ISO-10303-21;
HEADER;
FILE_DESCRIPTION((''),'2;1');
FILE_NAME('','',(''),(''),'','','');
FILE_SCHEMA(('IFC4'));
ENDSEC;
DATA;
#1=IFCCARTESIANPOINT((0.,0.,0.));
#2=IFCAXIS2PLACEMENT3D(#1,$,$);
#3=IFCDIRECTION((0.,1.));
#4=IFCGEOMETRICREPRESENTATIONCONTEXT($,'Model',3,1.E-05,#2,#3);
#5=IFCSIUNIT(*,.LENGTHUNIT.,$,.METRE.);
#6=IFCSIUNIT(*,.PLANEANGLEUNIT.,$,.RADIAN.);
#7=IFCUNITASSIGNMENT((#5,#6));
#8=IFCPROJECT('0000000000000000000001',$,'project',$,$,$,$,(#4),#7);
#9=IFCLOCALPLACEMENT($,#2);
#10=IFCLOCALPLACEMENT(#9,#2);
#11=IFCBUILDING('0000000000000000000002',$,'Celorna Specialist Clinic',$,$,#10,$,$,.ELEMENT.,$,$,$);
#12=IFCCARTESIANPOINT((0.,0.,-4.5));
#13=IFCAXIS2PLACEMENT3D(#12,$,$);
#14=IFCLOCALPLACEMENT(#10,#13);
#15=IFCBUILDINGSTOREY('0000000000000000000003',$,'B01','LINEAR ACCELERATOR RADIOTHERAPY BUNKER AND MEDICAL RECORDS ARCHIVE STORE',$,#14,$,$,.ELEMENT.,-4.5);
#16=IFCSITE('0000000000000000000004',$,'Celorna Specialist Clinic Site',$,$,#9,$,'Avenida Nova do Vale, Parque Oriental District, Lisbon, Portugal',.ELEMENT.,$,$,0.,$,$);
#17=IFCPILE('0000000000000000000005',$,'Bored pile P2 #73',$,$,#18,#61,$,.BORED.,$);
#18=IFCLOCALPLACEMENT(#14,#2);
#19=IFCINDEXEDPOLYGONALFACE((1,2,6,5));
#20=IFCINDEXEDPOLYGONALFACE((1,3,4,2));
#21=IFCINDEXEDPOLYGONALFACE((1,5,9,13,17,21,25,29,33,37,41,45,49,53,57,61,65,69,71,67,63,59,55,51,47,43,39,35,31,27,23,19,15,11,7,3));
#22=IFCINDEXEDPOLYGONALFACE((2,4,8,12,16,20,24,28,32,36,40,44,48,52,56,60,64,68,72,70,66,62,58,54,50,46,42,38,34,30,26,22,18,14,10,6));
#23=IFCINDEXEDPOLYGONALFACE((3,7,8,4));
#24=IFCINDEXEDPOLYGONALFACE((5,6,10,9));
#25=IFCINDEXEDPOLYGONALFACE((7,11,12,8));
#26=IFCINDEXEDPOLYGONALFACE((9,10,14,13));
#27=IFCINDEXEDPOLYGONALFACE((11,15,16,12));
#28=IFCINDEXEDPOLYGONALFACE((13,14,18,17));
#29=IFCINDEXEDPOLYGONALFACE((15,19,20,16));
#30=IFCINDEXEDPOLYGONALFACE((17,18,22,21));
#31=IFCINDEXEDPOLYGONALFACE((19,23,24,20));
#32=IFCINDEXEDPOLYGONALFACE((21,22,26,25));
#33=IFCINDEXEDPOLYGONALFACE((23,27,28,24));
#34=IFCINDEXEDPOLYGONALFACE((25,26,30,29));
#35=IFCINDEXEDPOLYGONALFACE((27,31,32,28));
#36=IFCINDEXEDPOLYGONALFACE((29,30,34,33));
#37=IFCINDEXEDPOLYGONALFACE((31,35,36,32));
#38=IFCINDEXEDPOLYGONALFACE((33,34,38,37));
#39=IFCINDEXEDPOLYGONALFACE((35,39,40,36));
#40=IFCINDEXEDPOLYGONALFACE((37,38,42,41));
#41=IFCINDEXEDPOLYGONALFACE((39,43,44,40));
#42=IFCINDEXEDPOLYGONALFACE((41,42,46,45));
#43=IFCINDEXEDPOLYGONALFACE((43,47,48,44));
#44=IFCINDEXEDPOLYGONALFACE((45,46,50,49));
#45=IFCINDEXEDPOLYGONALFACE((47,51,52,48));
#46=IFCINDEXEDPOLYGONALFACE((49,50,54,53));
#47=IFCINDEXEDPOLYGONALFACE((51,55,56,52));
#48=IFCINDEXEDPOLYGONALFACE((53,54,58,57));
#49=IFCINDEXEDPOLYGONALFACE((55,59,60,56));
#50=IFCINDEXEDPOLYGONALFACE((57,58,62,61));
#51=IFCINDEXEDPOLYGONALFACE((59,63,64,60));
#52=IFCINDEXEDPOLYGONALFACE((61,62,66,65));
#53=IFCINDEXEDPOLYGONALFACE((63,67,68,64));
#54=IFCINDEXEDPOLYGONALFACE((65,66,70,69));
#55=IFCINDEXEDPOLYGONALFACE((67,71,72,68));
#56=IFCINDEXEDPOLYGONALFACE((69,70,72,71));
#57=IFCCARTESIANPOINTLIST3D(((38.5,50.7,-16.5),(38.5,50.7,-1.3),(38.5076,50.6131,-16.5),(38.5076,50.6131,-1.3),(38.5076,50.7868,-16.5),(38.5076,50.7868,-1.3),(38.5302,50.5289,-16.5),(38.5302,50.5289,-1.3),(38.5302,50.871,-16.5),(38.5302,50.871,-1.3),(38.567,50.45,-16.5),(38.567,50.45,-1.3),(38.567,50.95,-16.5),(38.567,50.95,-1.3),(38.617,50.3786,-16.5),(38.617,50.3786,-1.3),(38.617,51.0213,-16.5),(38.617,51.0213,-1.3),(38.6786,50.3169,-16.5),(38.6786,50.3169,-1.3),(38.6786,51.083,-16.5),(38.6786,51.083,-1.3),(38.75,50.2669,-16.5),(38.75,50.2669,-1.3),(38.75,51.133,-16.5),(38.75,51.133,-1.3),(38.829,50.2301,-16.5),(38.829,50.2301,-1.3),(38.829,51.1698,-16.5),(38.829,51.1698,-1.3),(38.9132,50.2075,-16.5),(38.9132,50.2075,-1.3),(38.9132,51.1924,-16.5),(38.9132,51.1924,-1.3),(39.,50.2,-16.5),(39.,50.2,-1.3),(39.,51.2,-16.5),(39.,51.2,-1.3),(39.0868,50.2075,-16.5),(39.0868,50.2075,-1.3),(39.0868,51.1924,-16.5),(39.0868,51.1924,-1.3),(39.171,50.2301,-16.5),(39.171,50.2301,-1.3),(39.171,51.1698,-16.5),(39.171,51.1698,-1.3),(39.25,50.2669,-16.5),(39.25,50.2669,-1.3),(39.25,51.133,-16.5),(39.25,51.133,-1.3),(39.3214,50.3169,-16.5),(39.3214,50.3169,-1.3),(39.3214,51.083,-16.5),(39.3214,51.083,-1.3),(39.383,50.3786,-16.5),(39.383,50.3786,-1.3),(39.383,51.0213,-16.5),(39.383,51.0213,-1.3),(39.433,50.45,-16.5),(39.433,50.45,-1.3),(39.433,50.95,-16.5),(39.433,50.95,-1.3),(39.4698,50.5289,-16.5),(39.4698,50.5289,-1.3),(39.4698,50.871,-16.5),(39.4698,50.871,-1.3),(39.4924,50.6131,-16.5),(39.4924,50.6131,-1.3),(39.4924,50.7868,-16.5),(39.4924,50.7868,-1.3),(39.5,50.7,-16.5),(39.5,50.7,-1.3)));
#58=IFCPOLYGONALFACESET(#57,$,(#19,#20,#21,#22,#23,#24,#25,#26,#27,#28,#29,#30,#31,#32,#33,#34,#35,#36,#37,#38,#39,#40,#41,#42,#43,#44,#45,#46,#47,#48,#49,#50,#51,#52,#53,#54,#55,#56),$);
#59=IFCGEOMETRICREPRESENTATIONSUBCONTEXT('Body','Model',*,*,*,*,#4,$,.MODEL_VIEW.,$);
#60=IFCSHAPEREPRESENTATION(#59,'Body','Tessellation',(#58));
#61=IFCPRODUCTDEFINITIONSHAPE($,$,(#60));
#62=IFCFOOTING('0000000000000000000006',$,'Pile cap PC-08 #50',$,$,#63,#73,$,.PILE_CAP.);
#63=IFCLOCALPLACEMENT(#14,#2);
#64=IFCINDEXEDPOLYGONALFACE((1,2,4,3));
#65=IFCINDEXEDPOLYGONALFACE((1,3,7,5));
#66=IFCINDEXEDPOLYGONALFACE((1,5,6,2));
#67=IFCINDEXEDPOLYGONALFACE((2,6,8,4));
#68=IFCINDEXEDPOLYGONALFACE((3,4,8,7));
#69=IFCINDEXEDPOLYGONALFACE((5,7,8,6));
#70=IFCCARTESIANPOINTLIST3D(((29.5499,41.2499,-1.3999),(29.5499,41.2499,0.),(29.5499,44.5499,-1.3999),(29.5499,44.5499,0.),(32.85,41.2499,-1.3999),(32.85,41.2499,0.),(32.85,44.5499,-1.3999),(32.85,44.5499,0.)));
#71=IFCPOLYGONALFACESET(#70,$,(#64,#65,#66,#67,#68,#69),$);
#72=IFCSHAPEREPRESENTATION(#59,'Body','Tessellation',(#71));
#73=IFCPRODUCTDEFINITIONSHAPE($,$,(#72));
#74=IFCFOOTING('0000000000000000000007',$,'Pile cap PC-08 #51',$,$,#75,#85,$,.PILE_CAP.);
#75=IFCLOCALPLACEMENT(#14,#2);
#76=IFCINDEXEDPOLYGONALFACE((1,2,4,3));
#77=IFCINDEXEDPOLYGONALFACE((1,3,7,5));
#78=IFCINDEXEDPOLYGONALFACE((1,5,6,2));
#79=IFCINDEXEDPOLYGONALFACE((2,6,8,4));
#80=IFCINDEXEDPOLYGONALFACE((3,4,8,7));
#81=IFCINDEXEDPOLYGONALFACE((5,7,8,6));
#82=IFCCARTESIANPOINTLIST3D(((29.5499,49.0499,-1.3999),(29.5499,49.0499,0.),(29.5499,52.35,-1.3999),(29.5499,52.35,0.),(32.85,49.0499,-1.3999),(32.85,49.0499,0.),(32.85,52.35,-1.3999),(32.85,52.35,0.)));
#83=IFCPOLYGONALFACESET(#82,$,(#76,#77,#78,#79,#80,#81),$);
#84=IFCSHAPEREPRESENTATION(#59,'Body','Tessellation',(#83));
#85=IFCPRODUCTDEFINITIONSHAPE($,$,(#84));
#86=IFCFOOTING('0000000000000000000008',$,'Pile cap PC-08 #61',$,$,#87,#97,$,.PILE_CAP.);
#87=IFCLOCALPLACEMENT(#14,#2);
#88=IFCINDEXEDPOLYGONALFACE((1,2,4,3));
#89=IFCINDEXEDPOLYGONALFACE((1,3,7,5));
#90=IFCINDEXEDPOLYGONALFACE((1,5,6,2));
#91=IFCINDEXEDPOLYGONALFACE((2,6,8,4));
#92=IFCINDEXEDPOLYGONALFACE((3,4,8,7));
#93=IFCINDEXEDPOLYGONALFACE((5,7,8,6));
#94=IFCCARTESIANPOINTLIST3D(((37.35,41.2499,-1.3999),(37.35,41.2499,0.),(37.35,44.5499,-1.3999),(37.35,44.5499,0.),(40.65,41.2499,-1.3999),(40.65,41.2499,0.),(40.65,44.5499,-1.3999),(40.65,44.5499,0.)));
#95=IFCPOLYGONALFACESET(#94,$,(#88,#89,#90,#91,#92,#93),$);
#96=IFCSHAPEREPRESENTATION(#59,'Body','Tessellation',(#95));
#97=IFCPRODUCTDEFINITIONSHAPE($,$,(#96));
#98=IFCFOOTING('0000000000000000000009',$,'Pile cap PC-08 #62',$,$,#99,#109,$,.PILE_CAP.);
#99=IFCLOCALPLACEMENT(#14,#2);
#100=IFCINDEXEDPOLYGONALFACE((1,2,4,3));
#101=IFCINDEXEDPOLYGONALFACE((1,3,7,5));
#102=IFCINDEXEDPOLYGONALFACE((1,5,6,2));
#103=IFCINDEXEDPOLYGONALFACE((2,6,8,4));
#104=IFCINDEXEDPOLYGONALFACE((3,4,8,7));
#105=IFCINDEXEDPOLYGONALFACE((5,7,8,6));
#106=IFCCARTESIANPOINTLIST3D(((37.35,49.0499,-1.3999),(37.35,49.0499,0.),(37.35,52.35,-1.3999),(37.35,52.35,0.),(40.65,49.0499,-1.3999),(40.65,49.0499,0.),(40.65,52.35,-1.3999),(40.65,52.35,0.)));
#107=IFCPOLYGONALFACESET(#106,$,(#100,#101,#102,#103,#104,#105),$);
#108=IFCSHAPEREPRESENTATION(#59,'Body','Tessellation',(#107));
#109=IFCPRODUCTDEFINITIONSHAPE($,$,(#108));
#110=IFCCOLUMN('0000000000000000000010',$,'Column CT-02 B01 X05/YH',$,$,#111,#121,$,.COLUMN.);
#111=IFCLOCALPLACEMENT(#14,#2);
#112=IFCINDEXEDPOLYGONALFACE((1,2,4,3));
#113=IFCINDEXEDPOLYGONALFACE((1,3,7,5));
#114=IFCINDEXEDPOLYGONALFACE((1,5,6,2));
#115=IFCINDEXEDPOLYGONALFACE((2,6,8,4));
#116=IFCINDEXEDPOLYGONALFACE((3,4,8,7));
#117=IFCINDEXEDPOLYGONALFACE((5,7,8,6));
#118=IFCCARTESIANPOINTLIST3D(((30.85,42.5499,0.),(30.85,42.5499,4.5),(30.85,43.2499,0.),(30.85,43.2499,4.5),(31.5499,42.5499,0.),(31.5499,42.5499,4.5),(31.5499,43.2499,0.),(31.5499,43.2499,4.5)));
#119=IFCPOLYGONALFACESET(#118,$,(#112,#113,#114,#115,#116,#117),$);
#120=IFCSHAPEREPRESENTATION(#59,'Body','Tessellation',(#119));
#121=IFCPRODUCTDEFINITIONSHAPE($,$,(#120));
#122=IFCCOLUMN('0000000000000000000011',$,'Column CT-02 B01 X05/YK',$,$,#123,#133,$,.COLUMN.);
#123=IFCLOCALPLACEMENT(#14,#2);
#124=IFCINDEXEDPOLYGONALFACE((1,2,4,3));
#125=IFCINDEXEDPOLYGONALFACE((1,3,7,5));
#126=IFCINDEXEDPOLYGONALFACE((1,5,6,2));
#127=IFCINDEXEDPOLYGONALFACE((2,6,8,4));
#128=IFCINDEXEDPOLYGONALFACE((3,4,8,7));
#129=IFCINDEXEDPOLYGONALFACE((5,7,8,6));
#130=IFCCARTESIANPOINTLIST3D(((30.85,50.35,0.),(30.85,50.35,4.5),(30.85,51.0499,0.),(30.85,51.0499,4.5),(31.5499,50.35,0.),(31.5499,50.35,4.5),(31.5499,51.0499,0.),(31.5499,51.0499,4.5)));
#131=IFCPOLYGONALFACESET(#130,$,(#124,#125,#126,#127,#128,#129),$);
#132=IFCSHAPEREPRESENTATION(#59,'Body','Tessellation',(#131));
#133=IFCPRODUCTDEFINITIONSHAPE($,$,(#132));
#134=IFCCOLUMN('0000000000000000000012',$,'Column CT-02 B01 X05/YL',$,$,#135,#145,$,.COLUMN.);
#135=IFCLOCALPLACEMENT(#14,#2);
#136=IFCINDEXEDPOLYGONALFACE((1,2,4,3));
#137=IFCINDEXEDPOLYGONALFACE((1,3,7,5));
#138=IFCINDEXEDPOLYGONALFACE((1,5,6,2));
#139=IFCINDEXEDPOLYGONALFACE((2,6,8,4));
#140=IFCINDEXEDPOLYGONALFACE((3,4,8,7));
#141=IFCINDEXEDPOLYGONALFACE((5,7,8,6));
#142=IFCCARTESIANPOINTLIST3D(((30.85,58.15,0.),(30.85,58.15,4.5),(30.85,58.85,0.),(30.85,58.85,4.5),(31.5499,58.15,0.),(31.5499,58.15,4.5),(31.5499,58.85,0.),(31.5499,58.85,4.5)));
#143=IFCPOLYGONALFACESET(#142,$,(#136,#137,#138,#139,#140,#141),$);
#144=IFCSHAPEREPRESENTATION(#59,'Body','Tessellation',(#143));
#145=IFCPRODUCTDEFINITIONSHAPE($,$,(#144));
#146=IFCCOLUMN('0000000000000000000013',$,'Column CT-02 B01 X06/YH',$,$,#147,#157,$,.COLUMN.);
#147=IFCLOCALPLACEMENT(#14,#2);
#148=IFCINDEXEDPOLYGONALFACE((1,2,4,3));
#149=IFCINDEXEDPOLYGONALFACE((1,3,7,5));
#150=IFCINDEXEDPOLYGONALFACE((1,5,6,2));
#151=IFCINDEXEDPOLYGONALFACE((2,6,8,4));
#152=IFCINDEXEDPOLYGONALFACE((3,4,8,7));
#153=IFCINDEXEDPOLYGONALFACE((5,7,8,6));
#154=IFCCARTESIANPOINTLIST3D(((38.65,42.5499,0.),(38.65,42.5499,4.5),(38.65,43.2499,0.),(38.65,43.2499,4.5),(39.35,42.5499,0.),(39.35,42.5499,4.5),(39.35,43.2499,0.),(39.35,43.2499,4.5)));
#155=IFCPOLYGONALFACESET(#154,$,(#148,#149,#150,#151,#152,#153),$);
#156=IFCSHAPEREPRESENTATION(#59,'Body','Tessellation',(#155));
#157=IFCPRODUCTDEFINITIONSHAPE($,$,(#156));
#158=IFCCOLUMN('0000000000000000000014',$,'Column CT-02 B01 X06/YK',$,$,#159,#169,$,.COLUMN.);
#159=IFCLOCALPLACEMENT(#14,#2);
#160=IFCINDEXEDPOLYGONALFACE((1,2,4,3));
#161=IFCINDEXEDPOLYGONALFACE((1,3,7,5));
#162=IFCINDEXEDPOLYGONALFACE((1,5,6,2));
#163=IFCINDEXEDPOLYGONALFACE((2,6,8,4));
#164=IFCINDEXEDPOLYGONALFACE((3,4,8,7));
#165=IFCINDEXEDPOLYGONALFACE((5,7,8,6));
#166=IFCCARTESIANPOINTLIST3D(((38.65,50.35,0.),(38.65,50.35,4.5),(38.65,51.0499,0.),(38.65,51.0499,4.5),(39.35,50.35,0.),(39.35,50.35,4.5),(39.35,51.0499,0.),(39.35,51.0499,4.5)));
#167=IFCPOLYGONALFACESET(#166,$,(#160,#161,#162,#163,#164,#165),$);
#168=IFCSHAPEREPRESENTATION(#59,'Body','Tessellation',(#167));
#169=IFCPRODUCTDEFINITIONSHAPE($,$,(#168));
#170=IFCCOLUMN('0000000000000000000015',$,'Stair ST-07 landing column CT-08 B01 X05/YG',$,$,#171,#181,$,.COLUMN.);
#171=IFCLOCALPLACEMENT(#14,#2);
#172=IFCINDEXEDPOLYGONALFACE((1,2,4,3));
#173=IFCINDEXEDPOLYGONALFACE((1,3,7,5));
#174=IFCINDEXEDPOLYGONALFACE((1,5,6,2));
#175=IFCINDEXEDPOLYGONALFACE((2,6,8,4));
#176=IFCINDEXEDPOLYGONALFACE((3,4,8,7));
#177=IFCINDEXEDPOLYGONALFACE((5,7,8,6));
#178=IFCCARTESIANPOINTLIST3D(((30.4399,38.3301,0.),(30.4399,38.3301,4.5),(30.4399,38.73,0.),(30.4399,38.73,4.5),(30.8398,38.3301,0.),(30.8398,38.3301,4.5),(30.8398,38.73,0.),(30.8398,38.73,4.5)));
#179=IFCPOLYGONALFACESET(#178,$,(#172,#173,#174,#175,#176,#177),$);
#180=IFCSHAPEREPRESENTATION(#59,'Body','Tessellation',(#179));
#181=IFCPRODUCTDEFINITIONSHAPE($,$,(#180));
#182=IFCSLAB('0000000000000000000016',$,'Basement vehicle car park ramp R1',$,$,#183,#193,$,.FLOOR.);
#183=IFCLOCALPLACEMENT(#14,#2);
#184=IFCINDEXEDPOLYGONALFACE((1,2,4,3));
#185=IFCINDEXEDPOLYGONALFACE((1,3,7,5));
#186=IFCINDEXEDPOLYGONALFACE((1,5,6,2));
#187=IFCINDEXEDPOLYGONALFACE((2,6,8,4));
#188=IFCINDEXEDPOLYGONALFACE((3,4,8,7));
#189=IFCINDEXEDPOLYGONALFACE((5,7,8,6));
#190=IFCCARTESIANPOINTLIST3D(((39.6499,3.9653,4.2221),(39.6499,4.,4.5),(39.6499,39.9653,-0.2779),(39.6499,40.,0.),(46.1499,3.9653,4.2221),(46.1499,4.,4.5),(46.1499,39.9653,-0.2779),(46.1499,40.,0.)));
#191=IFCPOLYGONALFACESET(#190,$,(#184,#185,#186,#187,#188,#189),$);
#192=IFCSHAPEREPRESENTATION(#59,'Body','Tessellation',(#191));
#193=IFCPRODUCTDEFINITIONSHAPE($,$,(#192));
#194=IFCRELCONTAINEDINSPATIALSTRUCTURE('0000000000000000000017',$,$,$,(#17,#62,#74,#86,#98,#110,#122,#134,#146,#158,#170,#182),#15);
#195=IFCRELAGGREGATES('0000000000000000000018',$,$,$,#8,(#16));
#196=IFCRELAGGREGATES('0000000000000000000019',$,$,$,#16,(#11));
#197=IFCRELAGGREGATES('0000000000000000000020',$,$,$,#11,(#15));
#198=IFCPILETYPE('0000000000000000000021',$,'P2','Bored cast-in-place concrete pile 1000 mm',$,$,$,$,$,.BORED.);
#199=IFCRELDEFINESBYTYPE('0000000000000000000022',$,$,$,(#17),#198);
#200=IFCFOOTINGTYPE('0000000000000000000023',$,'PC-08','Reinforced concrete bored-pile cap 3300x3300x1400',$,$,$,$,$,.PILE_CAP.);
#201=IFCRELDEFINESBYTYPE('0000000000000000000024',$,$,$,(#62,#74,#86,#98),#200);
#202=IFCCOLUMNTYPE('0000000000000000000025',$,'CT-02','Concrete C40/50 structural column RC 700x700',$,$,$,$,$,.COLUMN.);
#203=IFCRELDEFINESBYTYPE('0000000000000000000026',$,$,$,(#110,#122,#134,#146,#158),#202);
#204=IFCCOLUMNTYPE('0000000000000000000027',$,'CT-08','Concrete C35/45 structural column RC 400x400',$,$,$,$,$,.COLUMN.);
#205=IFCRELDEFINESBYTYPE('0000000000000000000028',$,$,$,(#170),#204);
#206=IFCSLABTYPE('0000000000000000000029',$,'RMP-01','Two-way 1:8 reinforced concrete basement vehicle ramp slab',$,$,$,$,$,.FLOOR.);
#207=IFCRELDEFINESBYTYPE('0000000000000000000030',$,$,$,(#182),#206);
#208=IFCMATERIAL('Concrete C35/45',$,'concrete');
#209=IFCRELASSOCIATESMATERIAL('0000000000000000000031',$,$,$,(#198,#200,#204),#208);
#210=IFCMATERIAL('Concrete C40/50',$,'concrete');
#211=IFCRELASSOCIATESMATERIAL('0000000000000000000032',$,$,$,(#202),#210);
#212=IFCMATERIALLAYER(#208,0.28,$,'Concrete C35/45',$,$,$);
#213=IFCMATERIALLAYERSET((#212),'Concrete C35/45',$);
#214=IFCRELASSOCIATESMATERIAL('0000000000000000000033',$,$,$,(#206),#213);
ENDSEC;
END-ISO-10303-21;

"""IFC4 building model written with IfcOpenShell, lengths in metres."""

from ifc_helpers import new_model, si_unit, direction, frame, origin, origin_2d, place, context, subcontext, project, spatial, polyline, rectangle, circle, outline, extrude, material, layer, layer_set, material_profile, profile_set, type_object, element, save


model = new_model("IFC4")

# Units and contexts
model_context = context("Model", 3, precision=1e-05, world=origin(), true_north=direction((0.0, 1.0)))
body_context = subcontext(model_context, "Body", "Model", "MODEL_VIEW")
ifc_project = project(units=[si_unit("LENGTHUNIT", "METRE"), si_unit("PLANEANGLEUNIT", "RADIAN")], contexts=[model_context])

# Site, building, storey
site_placement = place(None, origin())
site = spatial("IfcSite", under=ifc_project, at=site_placement, Name="Celorna Specialist Clinic Site", LongName="Avenida Nova do Vale, Parque Oriental District, Lisbon, Portugal", CompositionType="ELEMENT", RefElevation=0.0)
building_placement = place(site_placement, origin())
building = spatial("IfcBuilding", under=site, at=building_placement, Name="Celorna Specialist Clinic", CompositionType="ELEMENT")
storey_placement = place(building_placement, frame((0.0, 0.0, -4.5)))
storey = spatial("IfcBuildingStorey", under=building, at=storey_placement, Name="B01", Description="LINEAR ACCELERATOR RADIOTHERAPY BUNKER AND MEDICAL RECORDS ARCHIVE STORE", CompositionType="ELEMENT", Elevation=-4.5)

# Shared definitions
ifc_material_1 = material(Name="Concrete C35/45", Category="concrete")

# Pile
ifc_material_profile_1 = material_profile(ifc_material_1, circle(Radius=0.5, at=origin_2d()), Name="BORED PILE 1000")
ifc_profile_set_1 = profile_set([ifc_material_profile_1], Name="Concrete C35/45")
pile_type = type_object("IfcPileType", Name="P2", Description="Bored cast-in-place concrete pile 1000 mm", PredefinedType="BORED", material=ifc_profile_set_1)
for number, where, z_axis, x_axis, name in (
    (1, (39.0, 50.7, -1.3), (0.0, 0.0, -1.0), (1.0, 0.0, 0.0), "Bored pile P2 #73"),
):
    element("IfcPile", number, at=place(storey_placement, frame(where, z_axis=z_axis, x_axis=x_axis)), inside=storey, type_object=pile_type, Name=name, PredefinedType="BORED", context=body_context, shape_type="SweptSolid", body=[
        extrude(circle(Radius=0.5, at=origin_2d()), origin(), (0.0, 0.0, 1.0), 15.2),
    ])

# Footings
footing_type_1 = type_object("IfcFootingType", Name="PC-08", Description="Reinforced concrete bored-pile cap 3300x3300x1400", PredefinedType="PILE_CAP", material=ifc_material_1)
for number, where, z_axis, x_axis, name in (
    (2, (31.2, 42.8999, -1.3999), (0.0, 0.0, 1.0), (1.0, 0.0, 0.0), "Pile cap PC-08 #50"),
    (3, (31.2, 50.7, -1.3999), (0.0, 0.0, 1.0), (1.0, 0.0, 0.0), "Pile cap PC-08 #51"),
    (4, (39.0, 42.8999, -1.3999), (0.0, 0.0, 1.0), (1.0, 0.0, 0.0), "Pile cap PC-08 #61"),
    (5, (39.0, 50.7, -1.3999), (0.0, 0.0, 1.0), (1.0, 0.0, 0.0), "Pile cap PC-08 #62"),
):
    element("IfcFooting", number, at=place(storey_placement, frame(where, z_axis=z_axis, x_axis=x_axis)), inside=storey, type_object=footing_type_1, Name=name, PredefinedType="PILE_CAP", context=body_context, shape_type="SweptSolid", body=[
        extrude(rectangle(XDim=3.3, YDim=3.3, at=origin_2d()), origin(), (0.0, 0.0, 1.0), 1.3999),
    ])

# Columns
ifc_material_2 = material(Name="Concrete C40/50", Category="concrete")
ifc_material_profile_2 = material_profile(ifc_material_2, rectangle(XDim=0.7, YDim=0.7, at=origin_2d()), Name="RC 700x700")
ifc_profile_set_2 = profile_set([ifc_material_profile_2], Name="Concrete C40/50")
column_type_1 = type_object("IfcColumnType", Name="CT-02", Description="Concrete C40/50 structural column RC 700x700", PredefinedType="COLUMN", material=ifc_profile_set_2)
for number, where, z_axis, x_axis, name in (
    (6, (31.2, 42.8999, 0.0), (0.0, 0.0, 1.0), (1.0, 0.0, 0.0), "Column CT-02 B01 X05/YH"),
    (7, (31.2, 50.7, 0.0), (0.0, 0.0, 1.0), (1.0, 0.0, 0.0), "Column CT-02 B01 X05/YK"),
    (8, (31.2, 58.5, 0.0), (0.0, 0.0, 1.0), (1.0, 0.0, 0.0), "Column CT-02 B01 X05/YL"),
    (9, (39.0, 42.8999, 0.0), (0.0, 0.0, 1.0), (1.0, 0.0, 0.0), "Column CT-02 B01 X06/YH"),
    (10, (39.0, 50.7, 0.0), (0.0, 0.0, 1.0), (1.0, 0.0, 0.0), "Column CT-02 B01 X06/YK"),
):
    element("IfcColumn", number, at=place(storey_placement, frame(where, z_axis=z_axis, x_axis=x_axis)), inside=storey, type_object=column_type_1, Name=name, PredefinedType="COLUMN", context=body_context, shape_type="SweptSolid", body=[
        extrude(rectangle(XDim=0.7, YDim=0.7, at=origin_2d()), origin(), (0.0, 0.0, 1.0), 4.5),
    ])
ifc_material_profile_3 = material_profile(ifc_material_1, rectangle(XDim=0.3999, YDim=0.3999, at=origin_2d()), Name="RC 400x400")
ifc_profile_set_3 = profile_set([ifc_material_profile_3], Name="Concrete C35/45")
column_type_2 = type_object("IfcColumnType", Name="CT-08", Description="Concrete C35/45 structural column RC 400x400", PredefinedType="COLUMN", material=ifc_profile_set_3)
column_placement = place(storey_placement, frame((30.6399, 38.53, 0.0), z_axis=(0.0, 0.0, 1.0), x_axis=(1.0, 0.0, 0.0)))
element("IfcColumn", 11, at=column_placement, inside=storey, type_object=column_type_2, Name="Stair ST-07 landing column CT-08 B01 X05/YG", PredefinedType="COLUMN", context=body_context, shape_type="SweptSolid", body=[
    extrude(rectangle(XDim=0.3999, YDim=0.3999, at=origin_2d()), origin(), (0.0, 0.0, 1.0), 4.5),
])

# Slab
ifc_layer_1 = layer(ifc_material_1, 0.28, Name="Concrete C35/45")
ifc_layer_set_1 = layer_set([ifc_layer_1], Name="Concrete C35/45")
slab_type = type_object("IfcSlabType", Name="RMP-01", Description="Two-way 1:8 reinforced concrete basement vehicle ramp slab", PredefinedType="FLOOR", material=ifc_layer_set_1)
slab_placement = place(storey_placement, frame((39.6499, 40.0, 0.0), z_axis=(0.0, 0.124035, 0.992278), x_axis=(1.0, 0.0, 0.0)))
element("IfcSlab", 12, at=slab_placement, inside=storey, type_object=slab_type, Name="Basement vehicle car park ramp R1", PredefinedType="FLOOR", context=body_context, shape_type="SweptSolid", body=[
    extrude(outline(polyline([(0.0, 0.0), (6.5, 0.0), (6.5, -36.2802), (0.0, -36.2802), (0.0, 0.0)])), origin(), (0.0, 0.0, -1.0), 0.28),
])

save(model, "model.ifc")
